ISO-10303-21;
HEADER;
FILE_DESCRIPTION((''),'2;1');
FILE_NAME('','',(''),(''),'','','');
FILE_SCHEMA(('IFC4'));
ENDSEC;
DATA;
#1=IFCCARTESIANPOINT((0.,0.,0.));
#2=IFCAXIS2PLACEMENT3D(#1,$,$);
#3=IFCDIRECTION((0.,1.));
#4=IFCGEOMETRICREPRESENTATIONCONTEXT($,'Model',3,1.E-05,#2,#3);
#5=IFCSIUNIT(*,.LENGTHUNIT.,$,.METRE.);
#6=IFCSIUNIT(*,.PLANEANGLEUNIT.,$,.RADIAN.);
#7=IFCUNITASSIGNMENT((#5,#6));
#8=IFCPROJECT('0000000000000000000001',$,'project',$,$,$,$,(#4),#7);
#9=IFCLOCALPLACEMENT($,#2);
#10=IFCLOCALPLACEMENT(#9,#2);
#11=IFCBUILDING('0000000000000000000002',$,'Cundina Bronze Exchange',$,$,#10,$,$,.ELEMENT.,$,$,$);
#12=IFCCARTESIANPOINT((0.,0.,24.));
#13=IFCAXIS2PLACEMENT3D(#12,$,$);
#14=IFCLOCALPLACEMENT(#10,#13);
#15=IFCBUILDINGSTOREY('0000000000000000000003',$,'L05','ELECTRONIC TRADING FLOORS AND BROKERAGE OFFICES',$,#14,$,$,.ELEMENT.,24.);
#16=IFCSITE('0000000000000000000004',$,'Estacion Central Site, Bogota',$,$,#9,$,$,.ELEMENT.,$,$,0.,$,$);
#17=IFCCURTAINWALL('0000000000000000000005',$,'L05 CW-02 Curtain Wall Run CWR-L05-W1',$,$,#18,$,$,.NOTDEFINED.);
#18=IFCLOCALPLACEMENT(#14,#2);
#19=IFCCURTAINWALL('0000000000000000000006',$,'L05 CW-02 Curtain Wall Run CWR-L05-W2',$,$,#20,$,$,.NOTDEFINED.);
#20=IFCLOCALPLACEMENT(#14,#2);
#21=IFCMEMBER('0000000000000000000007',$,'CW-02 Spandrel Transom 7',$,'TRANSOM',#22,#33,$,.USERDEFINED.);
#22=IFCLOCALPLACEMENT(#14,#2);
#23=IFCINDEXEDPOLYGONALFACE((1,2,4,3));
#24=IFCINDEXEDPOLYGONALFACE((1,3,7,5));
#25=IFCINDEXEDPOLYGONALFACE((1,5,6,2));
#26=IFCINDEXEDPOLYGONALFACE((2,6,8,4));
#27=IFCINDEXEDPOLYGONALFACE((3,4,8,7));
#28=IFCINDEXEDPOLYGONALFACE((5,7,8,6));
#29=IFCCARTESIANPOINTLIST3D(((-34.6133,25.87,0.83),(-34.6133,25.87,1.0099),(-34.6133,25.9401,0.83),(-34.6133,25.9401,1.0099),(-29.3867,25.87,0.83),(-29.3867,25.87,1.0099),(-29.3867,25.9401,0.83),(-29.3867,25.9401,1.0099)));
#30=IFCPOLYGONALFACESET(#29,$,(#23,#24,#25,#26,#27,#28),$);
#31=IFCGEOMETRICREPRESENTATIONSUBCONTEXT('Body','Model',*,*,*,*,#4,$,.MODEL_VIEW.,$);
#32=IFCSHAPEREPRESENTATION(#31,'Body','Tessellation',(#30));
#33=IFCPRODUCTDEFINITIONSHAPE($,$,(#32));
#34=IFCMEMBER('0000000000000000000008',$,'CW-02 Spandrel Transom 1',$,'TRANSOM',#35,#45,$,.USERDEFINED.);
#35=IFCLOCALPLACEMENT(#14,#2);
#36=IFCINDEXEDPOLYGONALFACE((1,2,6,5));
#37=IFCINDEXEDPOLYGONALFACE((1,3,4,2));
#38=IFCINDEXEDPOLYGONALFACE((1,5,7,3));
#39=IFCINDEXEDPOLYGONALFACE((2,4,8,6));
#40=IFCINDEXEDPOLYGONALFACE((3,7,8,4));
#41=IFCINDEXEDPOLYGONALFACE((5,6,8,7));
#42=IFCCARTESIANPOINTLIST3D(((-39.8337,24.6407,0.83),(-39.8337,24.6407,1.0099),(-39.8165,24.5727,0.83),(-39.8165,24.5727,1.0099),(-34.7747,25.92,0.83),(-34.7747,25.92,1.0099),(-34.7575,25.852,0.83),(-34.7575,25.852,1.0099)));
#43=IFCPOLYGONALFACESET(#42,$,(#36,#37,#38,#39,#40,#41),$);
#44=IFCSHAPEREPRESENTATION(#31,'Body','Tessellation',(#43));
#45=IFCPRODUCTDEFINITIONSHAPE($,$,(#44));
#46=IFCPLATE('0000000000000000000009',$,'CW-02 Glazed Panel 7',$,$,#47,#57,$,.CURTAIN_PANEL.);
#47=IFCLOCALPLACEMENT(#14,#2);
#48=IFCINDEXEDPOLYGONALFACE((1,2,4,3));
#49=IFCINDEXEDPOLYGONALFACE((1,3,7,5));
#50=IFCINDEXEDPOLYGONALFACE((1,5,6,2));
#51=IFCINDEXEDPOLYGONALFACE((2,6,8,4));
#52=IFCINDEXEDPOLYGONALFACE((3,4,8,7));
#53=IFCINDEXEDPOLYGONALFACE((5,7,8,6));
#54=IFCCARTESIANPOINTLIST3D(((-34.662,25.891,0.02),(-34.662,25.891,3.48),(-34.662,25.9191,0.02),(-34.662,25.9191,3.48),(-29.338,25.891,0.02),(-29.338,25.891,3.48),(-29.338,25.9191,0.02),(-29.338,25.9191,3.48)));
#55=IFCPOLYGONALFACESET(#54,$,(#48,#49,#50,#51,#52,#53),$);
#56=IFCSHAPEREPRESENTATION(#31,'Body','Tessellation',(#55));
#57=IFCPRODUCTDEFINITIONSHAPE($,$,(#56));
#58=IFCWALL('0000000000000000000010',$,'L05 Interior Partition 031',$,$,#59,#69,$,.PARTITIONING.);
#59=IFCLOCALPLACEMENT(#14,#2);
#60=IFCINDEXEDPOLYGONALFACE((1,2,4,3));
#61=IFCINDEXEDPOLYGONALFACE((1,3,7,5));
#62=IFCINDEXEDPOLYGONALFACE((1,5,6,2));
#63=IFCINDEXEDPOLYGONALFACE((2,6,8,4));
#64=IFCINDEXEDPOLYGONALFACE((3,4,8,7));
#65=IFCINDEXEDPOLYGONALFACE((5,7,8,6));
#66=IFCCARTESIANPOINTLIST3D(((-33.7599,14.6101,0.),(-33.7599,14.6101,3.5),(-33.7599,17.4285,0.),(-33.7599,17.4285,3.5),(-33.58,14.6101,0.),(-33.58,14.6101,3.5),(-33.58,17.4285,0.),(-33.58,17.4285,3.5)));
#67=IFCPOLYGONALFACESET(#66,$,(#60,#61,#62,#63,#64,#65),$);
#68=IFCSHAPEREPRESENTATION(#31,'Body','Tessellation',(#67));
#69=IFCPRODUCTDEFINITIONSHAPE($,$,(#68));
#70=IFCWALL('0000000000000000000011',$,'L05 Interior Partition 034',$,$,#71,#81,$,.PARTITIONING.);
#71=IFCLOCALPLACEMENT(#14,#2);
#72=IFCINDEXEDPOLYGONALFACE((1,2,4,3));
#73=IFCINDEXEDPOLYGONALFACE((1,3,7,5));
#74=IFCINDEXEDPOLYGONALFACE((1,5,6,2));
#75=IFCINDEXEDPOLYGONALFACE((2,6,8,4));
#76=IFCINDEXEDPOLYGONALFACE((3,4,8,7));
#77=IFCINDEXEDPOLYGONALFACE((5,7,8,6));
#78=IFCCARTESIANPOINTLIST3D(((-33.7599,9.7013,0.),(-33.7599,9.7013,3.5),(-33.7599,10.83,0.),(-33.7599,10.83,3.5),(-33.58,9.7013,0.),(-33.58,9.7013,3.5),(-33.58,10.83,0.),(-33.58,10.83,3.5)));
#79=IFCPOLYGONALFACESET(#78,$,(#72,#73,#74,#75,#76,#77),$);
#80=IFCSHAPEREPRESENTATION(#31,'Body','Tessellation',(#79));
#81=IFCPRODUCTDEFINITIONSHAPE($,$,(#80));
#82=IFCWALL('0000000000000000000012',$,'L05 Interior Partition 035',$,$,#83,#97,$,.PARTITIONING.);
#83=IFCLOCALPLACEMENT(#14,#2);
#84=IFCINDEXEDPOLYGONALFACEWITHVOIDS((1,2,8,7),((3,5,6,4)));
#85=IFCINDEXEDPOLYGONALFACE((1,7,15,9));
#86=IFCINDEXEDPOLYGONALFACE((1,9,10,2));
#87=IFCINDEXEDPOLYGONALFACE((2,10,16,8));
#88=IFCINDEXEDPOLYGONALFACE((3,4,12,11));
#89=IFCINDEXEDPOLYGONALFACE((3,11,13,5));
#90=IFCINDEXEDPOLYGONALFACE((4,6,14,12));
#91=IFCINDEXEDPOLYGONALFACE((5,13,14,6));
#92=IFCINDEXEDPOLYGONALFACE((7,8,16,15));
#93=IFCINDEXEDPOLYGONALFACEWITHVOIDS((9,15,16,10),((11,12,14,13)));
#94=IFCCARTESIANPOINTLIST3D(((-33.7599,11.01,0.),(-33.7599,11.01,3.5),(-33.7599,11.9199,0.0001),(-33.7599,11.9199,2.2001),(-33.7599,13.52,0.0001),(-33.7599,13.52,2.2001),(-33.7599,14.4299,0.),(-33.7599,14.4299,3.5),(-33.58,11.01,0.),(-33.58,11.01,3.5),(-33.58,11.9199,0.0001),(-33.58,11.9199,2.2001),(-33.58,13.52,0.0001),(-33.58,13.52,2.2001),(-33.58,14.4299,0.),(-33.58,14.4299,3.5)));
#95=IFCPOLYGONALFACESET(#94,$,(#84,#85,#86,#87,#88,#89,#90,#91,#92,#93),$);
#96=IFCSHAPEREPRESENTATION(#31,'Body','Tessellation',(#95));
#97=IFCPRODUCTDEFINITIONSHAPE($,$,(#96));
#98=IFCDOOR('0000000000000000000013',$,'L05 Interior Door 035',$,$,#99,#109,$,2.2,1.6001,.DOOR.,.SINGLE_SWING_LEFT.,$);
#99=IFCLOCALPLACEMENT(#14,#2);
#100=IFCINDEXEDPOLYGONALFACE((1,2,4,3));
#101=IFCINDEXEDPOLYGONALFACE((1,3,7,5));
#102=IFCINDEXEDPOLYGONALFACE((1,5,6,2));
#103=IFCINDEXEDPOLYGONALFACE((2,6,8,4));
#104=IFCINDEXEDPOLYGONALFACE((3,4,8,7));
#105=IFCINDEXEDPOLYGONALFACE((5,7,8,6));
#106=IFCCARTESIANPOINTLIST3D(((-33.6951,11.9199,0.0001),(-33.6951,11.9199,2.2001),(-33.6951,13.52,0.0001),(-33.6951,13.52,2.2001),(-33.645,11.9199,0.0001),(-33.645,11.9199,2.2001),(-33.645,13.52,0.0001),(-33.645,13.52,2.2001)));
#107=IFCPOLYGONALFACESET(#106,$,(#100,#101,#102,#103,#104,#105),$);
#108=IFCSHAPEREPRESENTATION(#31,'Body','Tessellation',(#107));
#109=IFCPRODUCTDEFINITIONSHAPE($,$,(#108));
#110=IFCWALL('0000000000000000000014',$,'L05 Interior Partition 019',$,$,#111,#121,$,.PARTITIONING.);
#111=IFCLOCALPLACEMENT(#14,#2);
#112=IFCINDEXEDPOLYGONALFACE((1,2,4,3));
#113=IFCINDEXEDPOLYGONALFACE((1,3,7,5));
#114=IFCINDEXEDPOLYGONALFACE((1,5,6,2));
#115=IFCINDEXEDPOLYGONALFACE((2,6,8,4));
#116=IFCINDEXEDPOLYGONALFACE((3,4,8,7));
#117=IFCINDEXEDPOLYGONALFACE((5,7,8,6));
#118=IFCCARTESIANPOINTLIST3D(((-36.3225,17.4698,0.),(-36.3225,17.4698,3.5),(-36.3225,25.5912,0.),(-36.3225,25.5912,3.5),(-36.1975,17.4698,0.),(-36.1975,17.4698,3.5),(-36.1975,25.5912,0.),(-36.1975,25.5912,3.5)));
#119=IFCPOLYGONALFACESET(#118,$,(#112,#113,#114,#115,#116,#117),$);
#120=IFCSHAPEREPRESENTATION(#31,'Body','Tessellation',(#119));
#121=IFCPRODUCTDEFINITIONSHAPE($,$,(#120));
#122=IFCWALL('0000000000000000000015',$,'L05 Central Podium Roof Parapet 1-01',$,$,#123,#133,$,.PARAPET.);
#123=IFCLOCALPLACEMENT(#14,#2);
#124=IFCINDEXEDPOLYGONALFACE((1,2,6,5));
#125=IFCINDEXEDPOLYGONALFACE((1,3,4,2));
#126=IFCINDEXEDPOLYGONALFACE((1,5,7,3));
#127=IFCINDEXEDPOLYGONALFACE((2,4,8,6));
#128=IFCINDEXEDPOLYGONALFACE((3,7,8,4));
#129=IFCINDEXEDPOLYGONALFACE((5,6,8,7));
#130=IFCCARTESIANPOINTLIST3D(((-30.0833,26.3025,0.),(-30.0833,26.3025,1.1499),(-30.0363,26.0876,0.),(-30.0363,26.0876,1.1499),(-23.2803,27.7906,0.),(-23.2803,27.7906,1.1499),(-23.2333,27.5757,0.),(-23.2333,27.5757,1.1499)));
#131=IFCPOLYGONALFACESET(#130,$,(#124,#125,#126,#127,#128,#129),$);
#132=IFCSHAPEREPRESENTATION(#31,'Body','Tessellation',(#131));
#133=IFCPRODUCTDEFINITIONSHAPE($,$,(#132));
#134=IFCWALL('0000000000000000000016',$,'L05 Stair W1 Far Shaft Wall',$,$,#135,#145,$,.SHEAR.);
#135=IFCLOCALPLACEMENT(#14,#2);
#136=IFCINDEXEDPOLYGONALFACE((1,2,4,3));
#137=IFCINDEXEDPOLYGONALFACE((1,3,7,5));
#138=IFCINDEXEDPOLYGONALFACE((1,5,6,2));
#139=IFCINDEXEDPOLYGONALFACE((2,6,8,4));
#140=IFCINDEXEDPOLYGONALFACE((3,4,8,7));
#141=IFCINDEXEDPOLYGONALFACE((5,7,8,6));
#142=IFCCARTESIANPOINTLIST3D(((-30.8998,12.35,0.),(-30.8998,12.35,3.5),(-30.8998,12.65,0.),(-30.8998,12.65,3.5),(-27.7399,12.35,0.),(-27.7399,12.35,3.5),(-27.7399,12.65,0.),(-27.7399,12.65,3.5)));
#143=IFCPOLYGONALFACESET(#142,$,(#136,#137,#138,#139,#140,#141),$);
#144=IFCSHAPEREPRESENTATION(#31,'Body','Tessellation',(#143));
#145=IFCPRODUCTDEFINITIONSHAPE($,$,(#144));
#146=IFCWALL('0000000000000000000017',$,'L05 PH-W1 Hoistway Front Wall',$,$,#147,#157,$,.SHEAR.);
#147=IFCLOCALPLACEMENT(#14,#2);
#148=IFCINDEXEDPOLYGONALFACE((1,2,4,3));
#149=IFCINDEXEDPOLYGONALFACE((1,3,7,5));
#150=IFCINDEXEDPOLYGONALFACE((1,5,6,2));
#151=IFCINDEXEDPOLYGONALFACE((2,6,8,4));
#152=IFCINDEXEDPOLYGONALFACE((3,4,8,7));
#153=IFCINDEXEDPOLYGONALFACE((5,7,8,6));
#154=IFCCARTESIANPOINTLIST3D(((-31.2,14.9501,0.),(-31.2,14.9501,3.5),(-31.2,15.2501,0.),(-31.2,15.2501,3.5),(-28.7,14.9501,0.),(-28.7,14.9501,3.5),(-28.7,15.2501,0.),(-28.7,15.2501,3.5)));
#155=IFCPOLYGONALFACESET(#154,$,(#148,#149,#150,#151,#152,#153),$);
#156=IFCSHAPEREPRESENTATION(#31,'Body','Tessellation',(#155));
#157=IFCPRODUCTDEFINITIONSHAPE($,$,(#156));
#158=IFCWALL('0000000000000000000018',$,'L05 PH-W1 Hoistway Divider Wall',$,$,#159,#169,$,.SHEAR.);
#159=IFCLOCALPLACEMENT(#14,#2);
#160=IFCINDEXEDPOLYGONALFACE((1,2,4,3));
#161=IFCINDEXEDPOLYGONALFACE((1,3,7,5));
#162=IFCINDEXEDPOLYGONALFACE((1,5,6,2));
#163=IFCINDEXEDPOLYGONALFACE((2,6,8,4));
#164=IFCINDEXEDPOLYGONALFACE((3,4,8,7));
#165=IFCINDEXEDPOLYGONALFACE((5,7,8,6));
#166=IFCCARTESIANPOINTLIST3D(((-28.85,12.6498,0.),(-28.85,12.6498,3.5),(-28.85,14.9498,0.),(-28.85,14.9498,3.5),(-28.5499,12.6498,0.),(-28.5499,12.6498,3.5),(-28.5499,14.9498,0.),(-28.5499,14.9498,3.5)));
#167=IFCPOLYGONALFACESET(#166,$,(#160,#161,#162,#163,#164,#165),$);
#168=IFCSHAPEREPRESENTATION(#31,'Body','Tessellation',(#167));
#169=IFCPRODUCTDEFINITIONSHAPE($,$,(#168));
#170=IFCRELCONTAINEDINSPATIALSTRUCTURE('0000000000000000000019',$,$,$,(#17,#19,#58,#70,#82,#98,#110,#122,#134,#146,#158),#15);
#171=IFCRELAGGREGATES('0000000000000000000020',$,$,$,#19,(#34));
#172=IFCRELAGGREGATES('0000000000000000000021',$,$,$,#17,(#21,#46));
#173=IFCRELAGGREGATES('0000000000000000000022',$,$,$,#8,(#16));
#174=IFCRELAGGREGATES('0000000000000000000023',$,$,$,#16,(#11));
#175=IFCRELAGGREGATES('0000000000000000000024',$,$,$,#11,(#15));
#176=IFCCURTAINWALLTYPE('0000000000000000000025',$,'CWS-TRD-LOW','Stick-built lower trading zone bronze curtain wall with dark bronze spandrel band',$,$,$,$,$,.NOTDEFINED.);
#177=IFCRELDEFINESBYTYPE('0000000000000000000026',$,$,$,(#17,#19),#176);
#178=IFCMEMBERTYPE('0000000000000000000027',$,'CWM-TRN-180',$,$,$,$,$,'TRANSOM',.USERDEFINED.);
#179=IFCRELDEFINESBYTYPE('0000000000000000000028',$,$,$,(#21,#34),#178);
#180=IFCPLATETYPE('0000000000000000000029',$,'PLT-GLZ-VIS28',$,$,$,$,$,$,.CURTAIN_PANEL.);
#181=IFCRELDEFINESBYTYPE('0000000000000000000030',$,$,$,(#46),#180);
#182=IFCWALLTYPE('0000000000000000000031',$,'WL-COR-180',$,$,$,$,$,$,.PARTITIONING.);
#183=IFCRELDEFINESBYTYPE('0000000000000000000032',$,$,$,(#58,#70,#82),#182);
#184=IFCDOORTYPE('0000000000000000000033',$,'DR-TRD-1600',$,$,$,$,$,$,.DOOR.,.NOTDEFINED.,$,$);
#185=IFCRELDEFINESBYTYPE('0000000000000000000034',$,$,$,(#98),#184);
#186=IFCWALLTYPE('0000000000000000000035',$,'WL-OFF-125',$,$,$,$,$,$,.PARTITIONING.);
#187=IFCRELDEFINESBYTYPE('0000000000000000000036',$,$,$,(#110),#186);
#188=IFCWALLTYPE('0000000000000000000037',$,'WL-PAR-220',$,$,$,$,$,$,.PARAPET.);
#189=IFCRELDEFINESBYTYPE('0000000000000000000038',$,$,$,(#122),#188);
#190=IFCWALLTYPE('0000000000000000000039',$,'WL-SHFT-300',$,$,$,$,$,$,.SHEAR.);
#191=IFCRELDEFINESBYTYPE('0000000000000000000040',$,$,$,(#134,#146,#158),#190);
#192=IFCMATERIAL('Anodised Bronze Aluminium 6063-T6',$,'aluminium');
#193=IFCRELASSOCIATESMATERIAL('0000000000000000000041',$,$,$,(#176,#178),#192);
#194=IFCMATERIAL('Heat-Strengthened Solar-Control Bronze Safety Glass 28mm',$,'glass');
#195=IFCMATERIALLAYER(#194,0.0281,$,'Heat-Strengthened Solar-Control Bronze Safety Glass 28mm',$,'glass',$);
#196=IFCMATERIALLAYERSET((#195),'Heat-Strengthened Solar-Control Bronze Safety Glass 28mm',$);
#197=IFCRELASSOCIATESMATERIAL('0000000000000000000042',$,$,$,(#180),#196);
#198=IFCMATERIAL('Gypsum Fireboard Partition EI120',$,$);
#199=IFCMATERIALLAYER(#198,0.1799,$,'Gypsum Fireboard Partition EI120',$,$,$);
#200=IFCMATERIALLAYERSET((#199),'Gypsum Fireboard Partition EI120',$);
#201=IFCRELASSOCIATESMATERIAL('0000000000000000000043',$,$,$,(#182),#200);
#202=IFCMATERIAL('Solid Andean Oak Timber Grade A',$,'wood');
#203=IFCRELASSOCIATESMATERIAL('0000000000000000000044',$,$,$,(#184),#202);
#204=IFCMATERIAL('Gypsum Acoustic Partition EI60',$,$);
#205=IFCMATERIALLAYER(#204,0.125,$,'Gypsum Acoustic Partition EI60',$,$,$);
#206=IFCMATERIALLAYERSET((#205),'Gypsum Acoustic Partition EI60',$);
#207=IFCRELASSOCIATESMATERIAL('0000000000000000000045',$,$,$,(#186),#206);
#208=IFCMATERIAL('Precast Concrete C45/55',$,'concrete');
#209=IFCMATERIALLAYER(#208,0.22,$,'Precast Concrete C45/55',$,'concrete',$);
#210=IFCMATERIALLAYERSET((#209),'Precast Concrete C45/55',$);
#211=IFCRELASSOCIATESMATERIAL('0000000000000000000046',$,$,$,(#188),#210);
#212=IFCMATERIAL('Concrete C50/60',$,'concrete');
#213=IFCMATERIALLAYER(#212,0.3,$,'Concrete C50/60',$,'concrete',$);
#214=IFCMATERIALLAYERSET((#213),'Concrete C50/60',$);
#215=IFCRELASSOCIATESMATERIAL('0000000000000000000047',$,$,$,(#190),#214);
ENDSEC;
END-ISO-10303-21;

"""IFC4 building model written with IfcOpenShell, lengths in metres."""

from ifc_helpers import new_model, si_unit, direction, frame, frame_2d, origin, origin_2d, place, context, subcontext, project, spatial, rectangle, extrude, material, layer, layer_set, material_profile, profile_set, type_object, element, fill, aggregate, save


model = new_model("IFC4")

# Units and contexts
model_context = context("Model", 3, precision=1e-05, world=origin(), true_north=direction((0.0, 1.0)))
body_context = subcontext(model_context, "Body", "Model", "MODEL_VIEW")
ifc_project = project(units=[si_unit("LENGTHUNIT", "METRE"), si_unit("PLANEANGLEUNIT", "RADIAN")], contexts=[model_context])

# Site, building, storey
site_placement = place(None, origin())
site = spatial("IfcSite", under=ifc_project, at=site_placement, Name="Estacion Central Site, Bogota", CompositionType="ELEMENT", RefElevation=0.0)
building_placement = place(site_placement, origin())
building = spatial("IfcBuilding", under=site, at=building_placement, Name="Cundina Bronze Exchange", CompositionType="ELEMENT")
storey_placement = place(building_placement, frame((0.0, 0.0, 24.0)))
storey = spatial("IfcBuildingStorey", under=building, at=storey_placement, Name="L05", Description="ELECTRONIC TRADING FLOORS AND BROKERAGE OFFICES", CompositionType="ELEMENT", Elevation=24.0)

# Curtain wall
ifc_material_1 = material(Name="Anodised Bronze Aluminium 6063-T6", Category="aluminium")
curtain_wall_type = type_object("IfcCurtainWallType", Name="CWS-TRD-LOW", Description="Stick-built lower trading zone bronze curtain wall with dark bronze spandrel band", PredefinedType="NOTDEFINED", material=ifc_material_1)
curtain_wall_1_placement = place(storey_placement, origin())
curtain_wall_1 = element("IfcCurtainWall", 1, at=curtain_wall_1_placement, inside=storey, type_object=curtain_wall_type, Name="L05 CW-02 Curtain Wall Run CWR-L05-W1", PredefinedType="NOTDEFINED")

# Curtain wall
curtain_wall_2_placement = place(storey_placement, origin())
curtain_wall_2 = element("IfcCurtainWall", 2, at=curtain_wall_2_placement, inside=storey, type_object=curtain_wall_type, Name="L05 CW-02 Curtain Wall Run CWR-L05-W2", PredefinedType="NOTDEFINED")

# Members
ifc_material_profile_1 = material_profile(ifc_material_1, rectangle(XDim=0.0701, YDim=0.1799, at=origin_2d()), Name="AL70X180", Category="aluminium")
ifc_profile_set_1 = profile_set([ifc_material_profile_1], Name="Anodised Bronze Aluminium 6063-T6")
member_type_1 = type_object("IfcMemberType", Name="CWM-TRN-180", ElementType="TRANSOM", PredefinedType="USERDEFINED", material=ifc_profile_set_1)
member_1_placement = place(storey_placement, frame((-29.3867, 25.905, 0.9199), z_axis=(-1.0, 0.0, 0.0), x_axis=(0.0, -1.0, 0.0)))
member_1 = element("IfcMember", 3, at=member_1_placement, type_object=member_type_1, Name="CW-02 Spandrel Transom 7", ObjectType="TRANSOM", PredefinedType="USERDEFINED", context=body_context, shape_type="SweptSolid", body=[
    extrude(rectangle(XDim=0.0701, YDim=0.1799, at=origin_2d()), origin(), (0.0, 0.0, 1.0), 5.2266),
])
member_2_placement = place(storey_placement, frame((-34.7661, 25.886, 0.9199), z_axis=(-0.969484, -0.245155, 0.0), x_axis=(0.245155, -0.969484, 0.0)))
member_2 = element("IfcMember", 4, at=member_2_placement, type_object=member_type_1, Name="CW-02 Spandrel Transom 1", ObjectType="TRANSOM", PredefinedType="USERDEFINED", context=body_context, shape_type="SweptSolid", body=[
    extrude(rectangle(XDim=0.0701, YDim=0.1799, at=origin_2d()), origin(), (0.0, 0.0, 1.0), 5.2183),
])
aggregate(curtain_wall_2, [member_2])

# Plate
ifc_material_2 = material(Name="Heat-Strengthened Solar-Control Bronze Safety Glass 28mm", Category="glass")
ifc_layer_1 = layer(ifc_material_2, 0.0281, Name="Heat-Strengthened Solar-Control Bronze Safety Glass 28mm", Category="glass")
ifc_layer_set_1 = layer_set([ifc_layer_1], Name="Heat-Strengthened Solar-Control Bronze Safety Glass 28mm")
plate_type = type_object("IfcPlateType", Name="PLT-GLZ-VIS28", PredefinedType="CURTAIN_PANEL", material=ifc_layer_set_1)
plate_placement = place(storey_placement, frame((-32.0, 25.905, 0.02), z_axis=(0.0, 0.0, 1.0), x_axis=(-1.0, 0.0, 0.0)))
plate = element("IfcPlate", 5, at=plate_placement, type_object=plate_type, Name="CW-02 Glazed Panel 7", PredefinedType="CURTAIN_PANEL", context=body_context, shape_type="SweptSolid", body=[
    extrude(rectangle(XDim=5.324, YDim=0.0281, at=origin_2d()), origin(), (0.0, 0.0, 1.0), 3.46),
])
aggregate(curtain_wall_1, [member_1, plate])

# Shared definitions
ifc_material_3 = material(Name="Gypsum Fireboard Partition EI120")
ifc_layer_2 = layer(ifc_material_3, 0.1799, Name="Gypsum Fireboard Partition EI120")
ifc_layer_set_2 = layer_set([ifc_layer_2], Name="Gypsum Fireboard Partition EI120")
wall_type_1 = type_object("IfcWallType", Name="WL-COR-180", PredefinedType="PARTITIONING", material=ifc_layer_set_2)
ifc_material_4 = material(Name="Solid Andean Oak Timber Grade A", Category="wood")

# Walls
wall_1_placement = place(storey_placement, frame((-33.6699, 17.4285, 0.0), z_axis=(0.0, 0.0, 1.0), x_axis=(0.0, -1.0, 0.0)))
element("IfcWall", 6, at=wall_1_placement, inside=storey, type_object=wall_type_1, Name="L05 Interior Partition 031", PredefinedType="PARTITIONING", context=body_context, shape_type="SweptSolid", body=[
    extrude(rectangle(XDim=2.8184, YDim=0.1799, at=frame_2d((1.4092, 0.0))), origin(), (0.0, 0.0, 1.0), 3.5),
])
wall_2_placement = place(storey_placement, frame((-33.6699, 10.8301, 0.0), z_axis=(0.0, 0.0, 1.0), x_axis=(0.0, -1.0, 0.0)))
element("IfcWall", 7, at=wall_2_placement, inside=storey, type_object=wall_type_1, Name="L05 Interior Partition 034", PredefinedType="PARTITIONING", context=body_context, shape_type="SweptSolid", body=[
    extrude(rectangle(XDim=1.1287, YDim=0.1799, at=frame_2d((0.5645, 0.0))), origin(), (0.0, 0.0, 1.0), 3.5),
])

# Wall, opening, door
wall_3_placement = place(storey_placement, frame((-33.6699, 14.4299, 0.0), z_axis=(0.0, 0.0, 1.0), x_axis=(0.0, -1.0, 0.0)))
wall_3 = element("IfcWall", 8, at=wall_3_placement, inside=storey, type_object=wall_type_1, Name="L05 Interior Partition 035", PredefinedType="PARTITIONING", context=body_context, shape_type="SweptSolid", body=[
    extrude(rectangle(XDim=3.4199, YDim=0.1799, at=frame_2d((1.71, 0.0))), origin(), (0.0, 0.0, 1.0), 3.5),
])
opening_1_placement = place(wall_3_placement, frame((0.9099, 0.0, 0.0)))
opening_1 = element("IfcOpeningElement", 9, at=opening_1_placement, cuts=wall_3, PredefinedType="OPENING", context=body_context, shape_type="SweptSolid", body=[
    extrude(rectangle(XDim=1.6001, YDim=2.2, at=frame_2d((0.8, 1.1001))), frame((0.0, 0.0999, 0.0), z_axis=(0.0, -1.0, 0.0), x_axis=(1.0, 0.0, 0.0)), (0.0, 0.0, 1.0), 0.2),
])
door_type_1 = type_object("IfcDoorType", Name="DR-TRD-1600", OperationType="NOTDEFINED", PredefinedType="DOOR", material=ifc_material_4)
door_1_placement = place(opening_1_placement, origin())
door_1 = element("IfcDoor", 10, at=door_1_placement, inside=storey, type_object=door_type_1, Name="L05 Interior Door 035", OperationType="SINGLE_SWING_LEFT", OverallHeight=2.2, OverallWidth=1.6001, PredefinedType="DOOR", context=body_context, shape_type="SweptSolid", body=[
    extrude(rectangle(XDim=1.6001, YDim=2.2, at=frame_2d((0.8, 1.1001))), frame((0.0, 0.0249, 0.0), z_axis=(0.0, -1.0, 0.0), x_axis=(1.0, 0.0, 0.0)), (0.0, 0.0, 1.0), 0.05),
])
fill(opening_1, door_1)

# Walls
ifc_material_5 = material(Name="Gypsum Acoustic Partition EI60")
ifc_layer_3 = layer(ifc_material_5, 0.125, Name="Gypsum Acoustic Partition EI60")
ifc_layer_set_3 = layer_set([ifc_layer_3], Name="Gypsum Acoustic Partition EI60")
wall_type_2 = type_object("IfcWallType", Name="WL-OFF-125", PredefinedType="PARTITIONING", material=ifc_layer_set_3)
wall_4_placement = place(storey_placement, frame((-36.26, 17.47, 0.0), z_axis=(0.0, 0.0, 1.0), x_axis=(0.0, 1.0, 0.0)))
element("IfcWall", 11, at=wall_4_placement, inside=storey, type_object=wall_type_2, Name="L05 Interior Partition 019", PredefinedType="PARTITIONING", context=body_context, shape_type="SweptSolid", body=[
    extrude(rectangle(XDim=8.1213, YDim=0.125, at=frame_2d((4.0605, 0.0))), origin(), (0.0, 0.0, 1.0), 3.5),
])
ifc_material_6 = material(Name="Precast Concrete C45/55", Category="concrete")
ifc_layer_4 = layer(ifc_material_6, 0.22, Name="Precast Concrete C45/55", Category="concrete")
ifc_layer_set_4 = layer_set([ifc_layer_4], Name="Precast Concrete C45/55")
wall_type_3 = type_object("IfcWallType", Name="WL-PAR-220", PredefinedType="PARAPET", material=ifc_layer_set_4)
wall_5_placement = place(storey_placement, frame((-30.0598, 26.1951, 0.0), z_axis=(0.0, 0.0, 1.0), x_axis=(0.976903, 0.213681, 0.0)))
element("IfcWall", 12, at=wall_5_placement, inside=storey, type_object=wall_type_3, Name="L05 Central Podium Roof Parapet 1-01", PredefinedType="PARAPET", context=body_context, shape_type="SweptSolid", body=[
    extrude(rectangle(XDim=6.9639, YDim=0.22, at=frame_2d((3.4819, 0.0))), origin(), (0.0, 0.0, 1.0), 1.1499),
])

# Shared definitions
ifc_material_7 = material(Name="Concrete C50/60", Category="concrete")
ifc_layer_5 = layer(ifc_material_7, 0.3, Name="Concrete C50/60", Category="concrete")
ifc_layer_set_5 = layer_set([ifc_layer_5], Name="Concrete C50/60")
wall_type_4 = type_object("IfcWallType", Name="WL-SHFT-300", PredefinedType="SHEAR", material=ifc_layer_set_5)

# Walls
wall_6_placement = place(storey_placement, frame((-30.8999, 12.5, 0.0), z_axis=(0.0, 0.0, 1.0), x_axis=(1.0, 0.0, 0.0)))
element("IfcWall", 13, at=wall_6_placement, inside=storey, type_object=wall_type_4, Name="L05 Stair W1 Far Shaft Wall", PredefinedType="SHEAR", context=body_context, shape_type="SweptSolid", body=[
    extrude(rectangle(XDim=3.1599, YDim=0.3, at=frame_2d((1.5801, 0.0))), origin(), (0.0, 0.0, 1.0), 3.5),
])
wall_7_placement = place(storey_placement, frame((-31.2, 15.1001, 0.0), z_axis=(0.0, 0.0, 1.0), x_axis=(1.0, 0.0, 0.0)))
element("IfcWall", 14, at=wall_7_placement, inside=storey, type_object=wall_type_4, Name="L05 PH-W1 Hoistway Front Wall", PredefinedType="SHEAR", context=body_context, shape_type="SweptSolid", body=[
    extrude(rectangle(XDim=2.5, YDim=0.3, at=frame_2d((1.25, 0.0))), origin(), (0.0, 0.0, 1.0), 3.5),
])
wall_8_placement = place(storey_placement, frame((-28.7, 12.6499, 0.0), z_axis=(0.0, 0.0, 1.0), x_axis=(0.0, 1.0, 0.0)))
element("IfcWall", 15, at=wall_8_placement, inside=storey, type_object=wall_type_4, Name="L05 PH-W1 Hoistway Divider Wall", PredefinedType="SHEAR", context=body_context, shape_type="SweptSolid", body=[
    extrude(rectangle(XDim=2.3, YDim=0.3, at=frame_2d((1.1499, 0.0))), origin(), (0.0, 0.0, 1.0), 3.5),
])

save(model, "model.ifc")
